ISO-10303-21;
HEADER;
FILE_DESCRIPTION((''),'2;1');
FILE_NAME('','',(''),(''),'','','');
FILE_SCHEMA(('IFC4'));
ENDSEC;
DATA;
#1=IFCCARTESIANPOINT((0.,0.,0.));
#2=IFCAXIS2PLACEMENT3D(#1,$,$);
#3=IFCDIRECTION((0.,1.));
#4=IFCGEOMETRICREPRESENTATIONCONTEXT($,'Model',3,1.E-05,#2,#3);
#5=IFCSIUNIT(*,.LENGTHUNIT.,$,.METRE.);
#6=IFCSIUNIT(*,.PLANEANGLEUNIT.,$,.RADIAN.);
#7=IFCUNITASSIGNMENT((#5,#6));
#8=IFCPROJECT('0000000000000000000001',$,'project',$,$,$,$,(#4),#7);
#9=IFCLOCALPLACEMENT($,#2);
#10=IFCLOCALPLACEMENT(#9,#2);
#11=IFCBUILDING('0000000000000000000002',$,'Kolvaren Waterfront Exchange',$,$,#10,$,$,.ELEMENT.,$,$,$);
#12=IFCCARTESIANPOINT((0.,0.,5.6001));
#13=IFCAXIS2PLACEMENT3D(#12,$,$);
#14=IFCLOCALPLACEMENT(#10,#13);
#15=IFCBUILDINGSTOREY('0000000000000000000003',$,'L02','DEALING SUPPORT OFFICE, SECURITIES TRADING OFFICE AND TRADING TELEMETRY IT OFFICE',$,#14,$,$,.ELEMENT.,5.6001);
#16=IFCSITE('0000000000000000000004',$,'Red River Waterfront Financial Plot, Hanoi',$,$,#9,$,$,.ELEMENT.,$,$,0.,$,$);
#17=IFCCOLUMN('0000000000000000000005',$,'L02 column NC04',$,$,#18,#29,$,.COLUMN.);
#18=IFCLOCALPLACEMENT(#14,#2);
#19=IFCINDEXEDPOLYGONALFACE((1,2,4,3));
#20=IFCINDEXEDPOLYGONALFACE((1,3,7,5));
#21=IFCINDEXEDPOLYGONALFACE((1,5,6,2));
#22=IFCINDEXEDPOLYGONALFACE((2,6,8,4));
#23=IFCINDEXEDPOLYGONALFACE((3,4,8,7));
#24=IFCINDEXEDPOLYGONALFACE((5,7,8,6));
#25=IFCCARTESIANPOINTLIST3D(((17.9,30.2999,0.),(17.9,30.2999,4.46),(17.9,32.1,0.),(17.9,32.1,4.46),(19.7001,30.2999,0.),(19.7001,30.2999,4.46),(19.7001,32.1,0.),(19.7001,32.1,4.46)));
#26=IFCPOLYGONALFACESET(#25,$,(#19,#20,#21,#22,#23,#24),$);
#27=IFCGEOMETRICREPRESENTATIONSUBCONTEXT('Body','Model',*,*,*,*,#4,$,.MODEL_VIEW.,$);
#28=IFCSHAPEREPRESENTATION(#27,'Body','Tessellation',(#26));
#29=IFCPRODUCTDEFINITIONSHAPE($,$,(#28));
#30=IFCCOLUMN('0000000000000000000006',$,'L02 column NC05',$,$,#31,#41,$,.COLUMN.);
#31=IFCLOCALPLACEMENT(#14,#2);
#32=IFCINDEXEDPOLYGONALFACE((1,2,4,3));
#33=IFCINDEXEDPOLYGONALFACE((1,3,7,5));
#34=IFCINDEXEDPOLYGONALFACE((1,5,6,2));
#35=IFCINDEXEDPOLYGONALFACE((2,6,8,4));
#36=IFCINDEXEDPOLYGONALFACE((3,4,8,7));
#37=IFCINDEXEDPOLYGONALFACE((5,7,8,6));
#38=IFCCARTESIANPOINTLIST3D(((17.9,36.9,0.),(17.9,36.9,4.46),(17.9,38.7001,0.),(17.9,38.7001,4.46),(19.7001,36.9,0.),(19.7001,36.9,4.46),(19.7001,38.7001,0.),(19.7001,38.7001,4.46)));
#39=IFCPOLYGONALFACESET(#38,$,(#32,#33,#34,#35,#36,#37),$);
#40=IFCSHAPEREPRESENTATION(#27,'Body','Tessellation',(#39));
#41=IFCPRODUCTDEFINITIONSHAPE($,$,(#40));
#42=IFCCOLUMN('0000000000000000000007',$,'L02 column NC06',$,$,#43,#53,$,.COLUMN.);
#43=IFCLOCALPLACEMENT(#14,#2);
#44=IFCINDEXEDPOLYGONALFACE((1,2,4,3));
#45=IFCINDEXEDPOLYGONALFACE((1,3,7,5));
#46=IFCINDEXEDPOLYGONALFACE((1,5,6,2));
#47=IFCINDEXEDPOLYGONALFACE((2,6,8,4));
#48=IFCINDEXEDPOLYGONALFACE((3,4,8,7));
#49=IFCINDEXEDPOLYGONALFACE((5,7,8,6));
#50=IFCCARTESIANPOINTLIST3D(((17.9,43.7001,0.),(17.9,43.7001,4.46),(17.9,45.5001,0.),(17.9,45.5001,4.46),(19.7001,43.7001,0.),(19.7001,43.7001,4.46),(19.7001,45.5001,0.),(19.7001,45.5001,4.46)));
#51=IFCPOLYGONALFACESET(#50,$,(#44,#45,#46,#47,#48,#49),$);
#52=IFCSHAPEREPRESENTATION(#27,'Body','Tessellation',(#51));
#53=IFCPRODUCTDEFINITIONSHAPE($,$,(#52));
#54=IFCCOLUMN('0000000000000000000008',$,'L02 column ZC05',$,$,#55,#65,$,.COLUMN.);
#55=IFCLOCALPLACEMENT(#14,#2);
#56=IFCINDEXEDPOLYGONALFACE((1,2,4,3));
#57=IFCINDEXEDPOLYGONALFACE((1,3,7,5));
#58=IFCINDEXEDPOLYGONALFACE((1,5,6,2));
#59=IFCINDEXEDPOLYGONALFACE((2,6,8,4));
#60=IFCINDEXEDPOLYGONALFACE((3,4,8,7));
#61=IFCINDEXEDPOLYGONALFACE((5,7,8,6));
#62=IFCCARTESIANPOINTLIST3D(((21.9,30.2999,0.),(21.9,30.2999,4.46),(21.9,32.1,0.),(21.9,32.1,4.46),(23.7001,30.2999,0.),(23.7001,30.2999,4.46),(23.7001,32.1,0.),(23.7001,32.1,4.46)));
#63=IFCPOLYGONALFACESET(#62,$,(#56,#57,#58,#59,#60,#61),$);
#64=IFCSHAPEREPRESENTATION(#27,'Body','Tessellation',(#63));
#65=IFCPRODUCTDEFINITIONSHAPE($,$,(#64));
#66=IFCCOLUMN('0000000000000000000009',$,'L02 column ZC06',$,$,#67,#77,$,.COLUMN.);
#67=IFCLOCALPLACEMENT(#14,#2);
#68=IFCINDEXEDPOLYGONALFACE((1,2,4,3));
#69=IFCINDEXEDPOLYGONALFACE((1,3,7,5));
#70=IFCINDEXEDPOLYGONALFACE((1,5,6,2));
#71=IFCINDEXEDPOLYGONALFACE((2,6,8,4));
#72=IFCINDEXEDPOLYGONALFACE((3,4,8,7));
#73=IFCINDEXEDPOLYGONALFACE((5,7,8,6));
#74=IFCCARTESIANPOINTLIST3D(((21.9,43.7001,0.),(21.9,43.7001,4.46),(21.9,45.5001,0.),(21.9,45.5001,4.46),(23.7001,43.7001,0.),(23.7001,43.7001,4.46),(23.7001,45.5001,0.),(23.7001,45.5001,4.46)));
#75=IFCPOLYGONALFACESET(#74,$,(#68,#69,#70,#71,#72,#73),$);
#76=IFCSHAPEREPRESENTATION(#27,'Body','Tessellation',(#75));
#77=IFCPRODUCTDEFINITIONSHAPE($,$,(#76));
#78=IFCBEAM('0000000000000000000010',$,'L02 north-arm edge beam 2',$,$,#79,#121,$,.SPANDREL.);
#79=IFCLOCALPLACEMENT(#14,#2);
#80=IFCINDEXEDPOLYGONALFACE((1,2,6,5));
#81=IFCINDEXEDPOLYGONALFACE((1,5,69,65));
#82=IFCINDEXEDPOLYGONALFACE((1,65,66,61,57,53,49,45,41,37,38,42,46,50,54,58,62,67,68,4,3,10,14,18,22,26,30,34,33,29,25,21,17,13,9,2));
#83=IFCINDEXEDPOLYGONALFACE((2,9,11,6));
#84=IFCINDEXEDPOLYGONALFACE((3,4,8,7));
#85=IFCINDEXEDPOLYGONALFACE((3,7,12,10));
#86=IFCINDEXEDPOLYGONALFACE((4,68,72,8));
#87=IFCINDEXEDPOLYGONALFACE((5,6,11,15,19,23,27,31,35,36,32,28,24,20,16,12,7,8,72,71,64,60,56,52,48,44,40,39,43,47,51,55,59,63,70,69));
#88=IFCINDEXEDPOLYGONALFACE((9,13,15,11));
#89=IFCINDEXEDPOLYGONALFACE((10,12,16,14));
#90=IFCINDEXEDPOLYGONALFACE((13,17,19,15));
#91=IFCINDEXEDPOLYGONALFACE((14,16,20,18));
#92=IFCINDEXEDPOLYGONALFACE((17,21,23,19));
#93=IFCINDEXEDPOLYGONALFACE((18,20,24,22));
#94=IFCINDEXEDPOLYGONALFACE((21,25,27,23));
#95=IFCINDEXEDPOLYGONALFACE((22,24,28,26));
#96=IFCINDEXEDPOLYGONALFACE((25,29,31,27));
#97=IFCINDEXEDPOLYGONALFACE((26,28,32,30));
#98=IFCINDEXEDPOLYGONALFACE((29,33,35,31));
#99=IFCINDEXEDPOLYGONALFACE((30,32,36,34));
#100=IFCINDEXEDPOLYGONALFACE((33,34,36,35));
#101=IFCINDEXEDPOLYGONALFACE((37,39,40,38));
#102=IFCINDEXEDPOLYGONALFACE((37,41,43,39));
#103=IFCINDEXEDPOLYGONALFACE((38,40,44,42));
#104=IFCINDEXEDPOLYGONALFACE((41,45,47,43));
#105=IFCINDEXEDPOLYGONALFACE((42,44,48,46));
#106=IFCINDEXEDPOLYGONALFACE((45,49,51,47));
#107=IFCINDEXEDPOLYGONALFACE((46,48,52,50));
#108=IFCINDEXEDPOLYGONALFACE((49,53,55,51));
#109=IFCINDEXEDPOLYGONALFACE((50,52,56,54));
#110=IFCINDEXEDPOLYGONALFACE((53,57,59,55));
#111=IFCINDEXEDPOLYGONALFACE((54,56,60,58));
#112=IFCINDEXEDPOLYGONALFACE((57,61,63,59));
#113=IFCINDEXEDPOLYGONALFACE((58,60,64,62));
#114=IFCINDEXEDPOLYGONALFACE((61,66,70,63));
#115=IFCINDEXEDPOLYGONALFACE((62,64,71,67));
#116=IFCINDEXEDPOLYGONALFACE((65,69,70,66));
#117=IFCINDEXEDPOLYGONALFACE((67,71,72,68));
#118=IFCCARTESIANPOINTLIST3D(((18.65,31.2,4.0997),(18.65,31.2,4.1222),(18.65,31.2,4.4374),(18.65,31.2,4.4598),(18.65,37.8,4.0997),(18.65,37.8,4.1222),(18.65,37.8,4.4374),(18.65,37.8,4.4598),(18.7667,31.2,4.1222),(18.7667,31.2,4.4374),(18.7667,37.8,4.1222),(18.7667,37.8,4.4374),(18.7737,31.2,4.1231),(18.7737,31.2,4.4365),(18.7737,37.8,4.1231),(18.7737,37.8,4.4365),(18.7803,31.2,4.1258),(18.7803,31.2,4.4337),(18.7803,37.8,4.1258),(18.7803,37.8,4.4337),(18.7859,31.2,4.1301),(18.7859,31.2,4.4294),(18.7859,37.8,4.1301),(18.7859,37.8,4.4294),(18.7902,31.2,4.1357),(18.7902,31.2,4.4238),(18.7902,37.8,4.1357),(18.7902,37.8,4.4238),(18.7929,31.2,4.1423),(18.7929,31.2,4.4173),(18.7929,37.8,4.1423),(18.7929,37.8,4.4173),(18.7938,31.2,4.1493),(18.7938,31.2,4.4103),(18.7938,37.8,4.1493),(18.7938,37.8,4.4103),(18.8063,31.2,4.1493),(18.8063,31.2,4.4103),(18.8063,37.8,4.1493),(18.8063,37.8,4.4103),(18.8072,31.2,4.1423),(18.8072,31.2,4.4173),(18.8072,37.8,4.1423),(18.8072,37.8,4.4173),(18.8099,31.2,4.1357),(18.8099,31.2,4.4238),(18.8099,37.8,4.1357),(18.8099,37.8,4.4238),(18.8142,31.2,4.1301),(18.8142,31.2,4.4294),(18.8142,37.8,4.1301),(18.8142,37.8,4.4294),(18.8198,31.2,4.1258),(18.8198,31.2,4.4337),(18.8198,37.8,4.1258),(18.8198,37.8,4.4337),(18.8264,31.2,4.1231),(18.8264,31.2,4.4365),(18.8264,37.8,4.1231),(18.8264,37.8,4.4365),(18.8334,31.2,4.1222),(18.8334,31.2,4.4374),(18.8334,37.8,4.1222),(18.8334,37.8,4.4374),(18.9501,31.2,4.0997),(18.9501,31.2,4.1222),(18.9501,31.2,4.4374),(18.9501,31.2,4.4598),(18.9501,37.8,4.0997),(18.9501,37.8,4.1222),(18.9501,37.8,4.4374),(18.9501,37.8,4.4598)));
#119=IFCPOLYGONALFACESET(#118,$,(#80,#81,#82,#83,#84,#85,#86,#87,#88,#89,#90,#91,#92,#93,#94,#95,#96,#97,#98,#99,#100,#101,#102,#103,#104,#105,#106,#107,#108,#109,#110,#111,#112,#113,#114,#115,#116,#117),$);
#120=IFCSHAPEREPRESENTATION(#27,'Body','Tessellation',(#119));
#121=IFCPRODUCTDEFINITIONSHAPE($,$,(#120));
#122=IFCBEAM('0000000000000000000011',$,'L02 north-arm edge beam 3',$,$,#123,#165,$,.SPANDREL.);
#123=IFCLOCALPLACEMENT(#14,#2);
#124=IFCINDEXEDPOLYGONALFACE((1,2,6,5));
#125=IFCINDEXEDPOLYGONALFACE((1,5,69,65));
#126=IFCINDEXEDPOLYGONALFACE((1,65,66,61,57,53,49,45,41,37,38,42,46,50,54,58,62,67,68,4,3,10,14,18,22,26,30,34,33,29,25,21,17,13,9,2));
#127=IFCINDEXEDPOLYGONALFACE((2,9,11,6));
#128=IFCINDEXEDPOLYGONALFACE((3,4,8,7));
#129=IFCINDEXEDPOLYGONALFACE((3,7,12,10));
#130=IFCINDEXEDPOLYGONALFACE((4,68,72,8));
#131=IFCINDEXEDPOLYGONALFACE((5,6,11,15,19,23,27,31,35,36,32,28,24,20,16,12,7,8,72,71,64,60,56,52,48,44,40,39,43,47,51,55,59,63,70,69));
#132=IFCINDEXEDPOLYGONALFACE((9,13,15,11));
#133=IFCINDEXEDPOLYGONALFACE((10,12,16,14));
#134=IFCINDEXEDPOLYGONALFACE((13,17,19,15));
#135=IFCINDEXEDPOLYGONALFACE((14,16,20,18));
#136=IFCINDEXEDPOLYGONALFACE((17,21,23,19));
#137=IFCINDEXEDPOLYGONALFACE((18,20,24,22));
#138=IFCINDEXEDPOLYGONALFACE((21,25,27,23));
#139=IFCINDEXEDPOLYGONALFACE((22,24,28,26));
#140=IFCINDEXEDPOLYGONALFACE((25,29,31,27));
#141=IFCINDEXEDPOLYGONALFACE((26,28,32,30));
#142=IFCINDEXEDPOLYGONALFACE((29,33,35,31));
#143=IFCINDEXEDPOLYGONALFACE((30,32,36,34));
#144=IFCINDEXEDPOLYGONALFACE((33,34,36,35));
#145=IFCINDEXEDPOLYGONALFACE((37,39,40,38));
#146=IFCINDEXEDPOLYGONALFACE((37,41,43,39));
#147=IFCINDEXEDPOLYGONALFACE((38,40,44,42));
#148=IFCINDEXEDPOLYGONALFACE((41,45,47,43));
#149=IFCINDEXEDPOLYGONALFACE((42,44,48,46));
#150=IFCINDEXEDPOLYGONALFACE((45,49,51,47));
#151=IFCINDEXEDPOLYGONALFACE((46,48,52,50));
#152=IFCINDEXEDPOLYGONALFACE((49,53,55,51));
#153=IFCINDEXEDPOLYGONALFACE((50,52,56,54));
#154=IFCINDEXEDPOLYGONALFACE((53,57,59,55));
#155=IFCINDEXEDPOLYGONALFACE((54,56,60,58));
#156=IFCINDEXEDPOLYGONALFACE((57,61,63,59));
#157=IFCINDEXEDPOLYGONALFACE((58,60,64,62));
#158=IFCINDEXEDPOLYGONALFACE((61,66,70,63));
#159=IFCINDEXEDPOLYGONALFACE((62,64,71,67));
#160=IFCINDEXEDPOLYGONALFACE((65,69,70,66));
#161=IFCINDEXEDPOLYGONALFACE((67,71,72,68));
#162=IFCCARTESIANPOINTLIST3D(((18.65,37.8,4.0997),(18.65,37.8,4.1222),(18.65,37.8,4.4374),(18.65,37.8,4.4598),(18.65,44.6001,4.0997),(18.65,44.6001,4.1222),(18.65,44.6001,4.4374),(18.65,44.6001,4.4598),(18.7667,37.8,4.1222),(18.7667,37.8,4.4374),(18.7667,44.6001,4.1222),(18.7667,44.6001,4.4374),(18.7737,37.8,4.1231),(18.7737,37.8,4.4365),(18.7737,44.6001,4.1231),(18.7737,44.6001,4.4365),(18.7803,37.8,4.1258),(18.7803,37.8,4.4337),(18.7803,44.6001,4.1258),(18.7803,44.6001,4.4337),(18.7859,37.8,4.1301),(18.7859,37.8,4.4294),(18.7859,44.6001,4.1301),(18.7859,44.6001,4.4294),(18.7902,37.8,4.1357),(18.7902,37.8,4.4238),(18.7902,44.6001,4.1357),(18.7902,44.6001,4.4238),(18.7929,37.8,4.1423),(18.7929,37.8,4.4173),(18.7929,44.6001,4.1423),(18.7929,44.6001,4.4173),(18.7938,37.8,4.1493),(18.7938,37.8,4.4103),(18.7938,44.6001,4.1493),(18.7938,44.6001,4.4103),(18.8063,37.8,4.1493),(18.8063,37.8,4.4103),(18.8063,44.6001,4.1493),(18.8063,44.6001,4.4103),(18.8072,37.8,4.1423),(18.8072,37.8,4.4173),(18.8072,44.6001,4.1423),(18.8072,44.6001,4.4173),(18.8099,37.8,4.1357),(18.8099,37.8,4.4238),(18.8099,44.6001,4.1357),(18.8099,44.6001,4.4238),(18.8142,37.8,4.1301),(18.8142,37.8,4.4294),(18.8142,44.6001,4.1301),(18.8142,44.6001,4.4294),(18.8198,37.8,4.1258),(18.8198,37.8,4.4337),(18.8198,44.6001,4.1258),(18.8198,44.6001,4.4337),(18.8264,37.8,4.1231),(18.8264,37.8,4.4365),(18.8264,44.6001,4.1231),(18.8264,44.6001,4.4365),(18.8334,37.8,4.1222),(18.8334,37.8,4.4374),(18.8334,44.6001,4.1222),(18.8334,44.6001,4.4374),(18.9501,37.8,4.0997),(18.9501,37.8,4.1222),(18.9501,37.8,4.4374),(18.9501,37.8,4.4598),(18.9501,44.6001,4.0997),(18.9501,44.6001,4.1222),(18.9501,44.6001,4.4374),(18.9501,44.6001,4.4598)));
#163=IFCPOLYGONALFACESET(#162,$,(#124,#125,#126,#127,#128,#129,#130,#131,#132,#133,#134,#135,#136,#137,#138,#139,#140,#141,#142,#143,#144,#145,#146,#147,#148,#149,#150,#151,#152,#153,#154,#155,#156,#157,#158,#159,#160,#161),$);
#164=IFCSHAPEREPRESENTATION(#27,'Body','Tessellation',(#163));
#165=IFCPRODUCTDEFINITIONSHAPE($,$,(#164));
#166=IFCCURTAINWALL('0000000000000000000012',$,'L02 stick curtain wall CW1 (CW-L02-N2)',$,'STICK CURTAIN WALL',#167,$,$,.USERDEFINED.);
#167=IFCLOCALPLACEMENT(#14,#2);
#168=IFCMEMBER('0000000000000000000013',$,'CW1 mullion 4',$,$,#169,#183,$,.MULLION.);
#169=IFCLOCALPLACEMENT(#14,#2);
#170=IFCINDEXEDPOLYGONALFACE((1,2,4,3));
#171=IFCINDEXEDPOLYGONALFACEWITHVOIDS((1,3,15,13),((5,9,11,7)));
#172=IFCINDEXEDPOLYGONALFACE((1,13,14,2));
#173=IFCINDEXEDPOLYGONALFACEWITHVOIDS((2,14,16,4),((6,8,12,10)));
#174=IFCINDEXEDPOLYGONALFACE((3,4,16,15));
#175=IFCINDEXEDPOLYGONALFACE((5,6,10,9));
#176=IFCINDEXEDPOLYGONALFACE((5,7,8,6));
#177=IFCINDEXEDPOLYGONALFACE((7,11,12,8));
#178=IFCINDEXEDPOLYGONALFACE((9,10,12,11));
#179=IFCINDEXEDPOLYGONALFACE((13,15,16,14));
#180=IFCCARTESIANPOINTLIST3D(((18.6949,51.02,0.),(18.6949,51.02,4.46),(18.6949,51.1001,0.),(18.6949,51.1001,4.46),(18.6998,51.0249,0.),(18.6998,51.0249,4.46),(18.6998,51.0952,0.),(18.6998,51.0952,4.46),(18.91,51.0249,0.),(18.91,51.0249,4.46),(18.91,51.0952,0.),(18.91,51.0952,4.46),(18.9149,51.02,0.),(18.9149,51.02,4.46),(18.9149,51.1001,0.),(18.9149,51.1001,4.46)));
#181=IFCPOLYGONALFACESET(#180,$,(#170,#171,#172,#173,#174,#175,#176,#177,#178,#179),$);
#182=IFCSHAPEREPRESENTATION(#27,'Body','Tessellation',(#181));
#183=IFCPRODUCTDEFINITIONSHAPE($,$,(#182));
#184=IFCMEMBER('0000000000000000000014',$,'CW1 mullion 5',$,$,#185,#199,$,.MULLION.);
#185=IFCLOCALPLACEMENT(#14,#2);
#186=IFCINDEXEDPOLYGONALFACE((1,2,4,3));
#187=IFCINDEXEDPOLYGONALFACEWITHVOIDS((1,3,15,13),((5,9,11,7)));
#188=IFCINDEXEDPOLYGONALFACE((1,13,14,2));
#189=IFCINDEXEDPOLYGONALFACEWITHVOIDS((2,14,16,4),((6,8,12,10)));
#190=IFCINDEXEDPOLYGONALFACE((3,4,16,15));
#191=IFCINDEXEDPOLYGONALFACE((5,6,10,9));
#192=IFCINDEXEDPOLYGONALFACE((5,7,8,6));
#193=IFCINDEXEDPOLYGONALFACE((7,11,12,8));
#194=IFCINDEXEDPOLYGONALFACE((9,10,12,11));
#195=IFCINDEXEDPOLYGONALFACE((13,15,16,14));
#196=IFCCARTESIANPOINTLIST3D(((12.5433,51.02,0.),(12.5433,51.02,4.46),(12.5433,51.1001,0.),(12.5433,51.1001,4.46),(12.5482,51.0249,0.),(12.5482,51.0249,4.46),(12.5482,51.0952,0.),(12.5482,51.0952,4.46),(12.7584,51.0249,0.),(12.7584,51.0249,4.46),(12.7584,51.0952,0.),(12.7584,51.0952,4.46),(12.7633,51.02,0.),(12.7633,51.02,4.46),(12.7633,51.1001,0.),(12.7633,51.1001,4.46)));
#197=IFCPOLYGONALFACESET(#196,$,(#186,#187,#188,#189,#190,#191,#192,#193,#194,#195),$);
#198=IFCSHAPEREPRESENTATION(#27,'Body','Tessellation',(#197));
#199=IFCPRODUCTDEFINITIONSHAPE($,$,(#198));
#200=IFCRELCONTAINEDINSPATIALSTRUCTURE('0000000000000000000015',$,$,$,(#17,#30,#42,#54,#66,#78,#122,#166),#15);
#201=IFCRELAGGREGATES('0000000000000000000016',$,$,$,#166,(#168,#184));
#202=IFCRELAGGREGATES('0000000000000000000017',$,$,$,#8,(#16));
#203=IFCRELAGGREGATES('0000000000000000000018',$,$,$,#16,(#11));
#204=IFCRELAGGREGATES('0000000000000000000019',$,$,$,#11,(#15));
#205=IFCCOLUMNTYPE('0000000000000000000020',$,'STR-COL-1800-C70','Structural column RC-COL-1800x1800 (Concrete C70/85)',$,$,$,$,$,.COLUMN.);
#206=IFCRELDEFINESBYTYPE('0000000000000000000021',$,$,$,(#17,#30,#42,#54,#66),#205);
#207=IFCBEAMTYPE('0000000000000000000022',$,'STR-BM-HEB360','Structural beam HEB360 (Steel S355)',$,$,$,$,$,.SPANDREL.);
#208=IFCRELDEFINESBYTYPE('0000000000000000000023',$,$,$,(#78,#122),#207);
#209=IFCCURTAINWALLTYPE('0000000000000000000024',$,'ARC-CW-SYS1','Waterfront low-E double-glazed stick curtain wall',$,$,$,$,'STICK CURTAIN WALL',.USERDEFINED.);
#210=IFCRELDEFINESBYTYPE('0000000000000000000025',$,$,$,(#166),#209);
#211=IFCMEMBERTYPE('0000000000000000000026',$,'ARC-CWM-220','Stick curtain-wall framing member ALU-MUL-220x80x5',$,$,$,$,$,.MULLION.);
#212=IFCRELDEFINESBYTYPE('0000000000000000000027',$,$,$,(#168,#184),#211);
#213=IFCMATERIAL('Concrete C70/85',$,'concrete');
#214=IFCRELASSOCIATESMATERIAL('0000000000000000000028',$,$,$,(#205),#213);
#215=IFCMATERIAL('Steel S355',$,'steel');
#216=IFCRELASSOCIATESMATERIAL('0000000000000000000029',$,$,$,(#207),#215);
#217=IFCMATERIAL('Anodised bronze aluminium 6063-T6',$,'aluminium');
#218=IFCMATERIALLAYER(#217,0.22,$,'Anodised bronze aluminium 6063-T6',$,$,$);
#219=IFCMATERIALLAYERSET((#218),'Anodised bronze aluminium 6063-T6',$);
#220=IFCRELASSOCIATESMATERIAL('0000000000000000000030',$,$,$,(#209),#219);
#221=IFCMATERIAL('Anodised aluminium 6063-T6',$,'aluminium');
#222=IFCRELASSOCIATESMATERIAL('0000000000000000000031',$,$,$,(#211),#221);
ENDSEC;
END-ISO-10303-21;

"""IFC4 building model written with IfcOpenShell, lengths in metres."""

from ifc_helpers import new_model, si_unit, direction, frame, origin, origin_with_axes, origin_2d, place, context, subcontext, project, spatial, rectangle, hollow_rectangle, i_section, extrude, source, transform, mapped, material, layer, layer_set, material_profile, profile_set, type_object, element, aggregate, save


model = new_model("IFC4")

# Units and contexts
model_context = context("Model", 3, precision=1e-05, world=origin(), true_north=direction((0.0, 1.0)))
body_context = subcontext(model_context, "Body", "Model", "MODEL_VIEW")
ifc_project = project(units=[si_unit("LENGTHUNIT", "METRE"), si_unit("PLANEANGLEUNIT", "RADIAN")], contexts=[model_context])

# Site, building, storey
site_placement = place(None, origin())
site = spatial("IfcSite", under=ifc_project, at=site_placement, Name="Red River Waterfront Financial Plot, Hanoi", CompositionType="ELEMENT", RefElevation=0.0)
building_placement = place(site_placement, origin())
building = spatial("IfcBuilding", under=site, at=building_placement, Name="Kolvaren Waterfront Exchange", CompositionType="ELEMENT")
storey_placement = place(building_placement, frame((0.0, 0.0, 5.6001)))
storey = spatial("IfcBuildingStorey", under=building, at=storey_placement, Name="L02", Description="DEALING SUPPORT OFFICE, SECURITIES TRADING OFFICE AND TRADING TELEMETRY IT OFFICE", CompositionType="ELEMENT", Elevation=5.6001)

# Columns
ifc_material_1 = material(Name="Concrete C70/85", Category="concrete")
ifc_material_profile_1 = material_profile(ifc_material_1, rectangle(XDim=1.8, YDim=1.8, at=origin_2d()), Name="RC-COL-1800x1800")
ifc_profile_set_1 = profile_set([ifc_material_profile_1], Name="Concrete C70/85")
column_type = type_object("IfcColumnType", Name="STR-COL-1800-C70", Description="Structural column RC-COL-1800x1800 (Concrete C70/85)", PredefinedType="COLUMN", material=ifc_profile_set_1)
for number, where, z_axis, x_axis, name in (
    (1, (18.8, 31.2, 0.0), (0.0, 0.0, 1.0), (1.0, 0.0, 0.0), "L02 column NC04"),
    (2, (18.8, 37.8, 0.0), (0.0, 0.0, 1.0), (1.0, 0.0, 0.0), "L02 column NC05"),
    (3, (18.8, 44.6001, 0.0), (0.0, 0.0, 1.0), (1.0, 0.0, 0.0), "L02 column NC06"),
    (4, (22.8, 31.2, 0.0), (0.0, 0.0, 1.0), (1.0, 0.0, 0.0), "L02 column ZC05"),
    (5, (22.8, 44.6001, 0.0), (0.0, 0.0, 1.0), (1.0, 0.0, 0.0), "L02 column ZC06"),
):
    element("IfcColumn", number, at=place(storey_placement, frame(where, z_axis=z_axis, x_axis=x_axis)), inside=storey, type_object=column_type, Name=name, PredefinedType="COLUMN", context=body_context, shape_type="SweptSolid", body=[
        extrude(rectangle(XDim=1.8, YDim=1.8, at=origin_2d()), origin(), (0.0, 0.0, 1.0), 4.46),
    ])

# Beams
ifc_material_2 = material(Name="Steel S355", Category="steel")
ifc_material_profile_2 = material_profile(ifc_material_2, i_section(OverallWidth=0.3, OverallDepth=0.3601, WebThickness=0.0125, FlangeThickness=0.0225, FilletRadius=0.0271, at=origin_2d()), Name="HEB360")
ifc_profile_set_2 = profile_set([ifc_material_profile_2], Name="Steel S355")
beam_type = type_object("IfcBeamType", Name="STR-BM-HEB360", Description="Structural beam HEB360 (Steel S355)", PredefinedType="SPANDREL", material=ifc_profile_set_2)
beam_1_placement = place(storey_placement, frame((18.8, 31.2, 4.2798), z_axis=(0.0, 1.0, 0.0), x_axis=(-1.0, 0.0, 0.0)))
element("IfcBeam", 6, at=beam_1_placement, inside=storey, type_object=beam_type, Name="L02 north-arm edge beam 2", PredefinedType="SPANDREL", context=body_context, shape_type="SweptSolid", body=[
    extrude(i_section(OverallWidth=0.3, OverallDepth=0.3601, WebThickness=0.0125, FlangeThickness=0.0225, FilletRadius=0.0271, at=origin_2d()), origin(), (0.0, 0.0, 1.0), 6.6001),
])
beam_2_placement = place(storey_placement, frame((18.8, 37.8, 4.2798), z_axis=(0.0, 1.0, 0.0), x_axis=(-1.0, 0.0, 0.0)))
element("IfcBeam", 7, at=beam_2_placement, inside=storey, type_object=beam_type, Name="L02 north-arm edge beam 3", PredefinedType="SPANDREL", context=body_context, shape_type="SweptSolid", body=[
    extrude(i_section(OverallWidth=0.3, OverallDepth=0.3601, WebThickness=0.0125, FlangeThickness=0.0225, FilletRadius=0.0271, at=origin_2d()), origin(), (0.0, 0.0, 1.0), 6.8),
])

# Curtain wall, members
ifc_material_3 = material(Name="Anodised bronze aluminium 6063-T6", Category="aluminium")
ifc_layer_1 = layer(ifc_material_3, 0.22, Name="Anodised bronze aluminium 6063-T6")
ifc_layer_set_1 = layer_set([ifc_layer_1], Name="Anodised bronze aluminium 6063-T6")
curtain_wall_type = type_object("IfcCurtainWallType", Name="ARC-CW-SYS1", Description="Waterfront low-E double-glazed stick curtain wall", ElementType="STICK CURTAIN WALL", PredefinedType="USERDEFINED", material=ifc_layer_set_1)
curtain_wall_placement = place(storey_placement, origin())
curtain_wall = element("IfcCurtainWall", 8, at=curtain_wall_placement, inside=storey, type_object=curtain_wall_type, Name="L02 stick curtain wall CW1 (CW-L02-N2)", ObjectType="STICK CURTAIN WALL", PredefinedType="USERDEFINED")
ifc_material_4 = material(Name="Anodised aluminium 6063-T6", Category="aluminium")
ifc_material_profile_3 = material_profile(ifc_material_4, hollow_rectangle(XDim=0.0801, YDim=0.22, WallThickness=0.0049, at=origin_2d()), Name="ALU-MUL-220x80x5")
ifc_profile_set_3 = profile_set([ifc_material_profile_3], Name="Anodised aluminium 6063-T6")
member_type_1 = type_object("IfcMemberType", Name="ARC-CWM-220", Description="Stick curtain-wall framing member ALU-MUL-220x80x5", PredefinedType="MULLION", material=ifc_profile_set_3)
shared_shape_1 = source(origin_with_axes(), body_context, "Body", "SweptSolid", [
    extrude(hollow_rectangle(XDim=0.0801, YDim=0.22, WallThickness=0.0049, at=origin_2d()), origin(), (0.0, 0.0, 1.0), 4.46),
])
member_1_placement = place(storey_placement, frame((18.8049, 51.0601, 0.0), z_axis=(0.0, 0.0, 1.0), x_axis=(0.0, -1.0, 0.0)))
member_1 = element("IfcMember", 9, at=member_1_placement, type_object=member_type_1, Name="CW1 mullion 4", PredefinedType="MULLION", context=body_context, shape_type="MappedRepresentation", body=[
    mapped(shared_shape_1, transform((0.0, 0.0, 0.0), x_axis=(1.0, 0.0, 0.0), y_axis=(0.0, 1.0, 0.0), z_axis=(0.0, 0.0, 1.0), scale=1.0)),
])
member_2_placement = place(storey_placement, frame((12.6533, 51.0601, 0.0), z_axis=(0.0, 0.0, 1.0), x_axis=(0.0, -1.0, 0.0)))
member_2 = element("IfcMember", 10, at=member_2_placement, type_object=member_type_1, Name="CW1 mullion 5", PredefinedType="MULLION", context=body_context, shape_type="MappedRepresentation", body=[
    mapped(shared_shape_1, transform((0.0, 0.0, 0.0), x_axis=(1.0, 0.0, 0.0), y_axis=(0.0, 1.0, 0.0), z_axis=(0.0, 0.0, 1.0), scale=1.0)),
])
aggregate(curtain_wall, [member_1, member_2])

save(model, "model.ifc")
